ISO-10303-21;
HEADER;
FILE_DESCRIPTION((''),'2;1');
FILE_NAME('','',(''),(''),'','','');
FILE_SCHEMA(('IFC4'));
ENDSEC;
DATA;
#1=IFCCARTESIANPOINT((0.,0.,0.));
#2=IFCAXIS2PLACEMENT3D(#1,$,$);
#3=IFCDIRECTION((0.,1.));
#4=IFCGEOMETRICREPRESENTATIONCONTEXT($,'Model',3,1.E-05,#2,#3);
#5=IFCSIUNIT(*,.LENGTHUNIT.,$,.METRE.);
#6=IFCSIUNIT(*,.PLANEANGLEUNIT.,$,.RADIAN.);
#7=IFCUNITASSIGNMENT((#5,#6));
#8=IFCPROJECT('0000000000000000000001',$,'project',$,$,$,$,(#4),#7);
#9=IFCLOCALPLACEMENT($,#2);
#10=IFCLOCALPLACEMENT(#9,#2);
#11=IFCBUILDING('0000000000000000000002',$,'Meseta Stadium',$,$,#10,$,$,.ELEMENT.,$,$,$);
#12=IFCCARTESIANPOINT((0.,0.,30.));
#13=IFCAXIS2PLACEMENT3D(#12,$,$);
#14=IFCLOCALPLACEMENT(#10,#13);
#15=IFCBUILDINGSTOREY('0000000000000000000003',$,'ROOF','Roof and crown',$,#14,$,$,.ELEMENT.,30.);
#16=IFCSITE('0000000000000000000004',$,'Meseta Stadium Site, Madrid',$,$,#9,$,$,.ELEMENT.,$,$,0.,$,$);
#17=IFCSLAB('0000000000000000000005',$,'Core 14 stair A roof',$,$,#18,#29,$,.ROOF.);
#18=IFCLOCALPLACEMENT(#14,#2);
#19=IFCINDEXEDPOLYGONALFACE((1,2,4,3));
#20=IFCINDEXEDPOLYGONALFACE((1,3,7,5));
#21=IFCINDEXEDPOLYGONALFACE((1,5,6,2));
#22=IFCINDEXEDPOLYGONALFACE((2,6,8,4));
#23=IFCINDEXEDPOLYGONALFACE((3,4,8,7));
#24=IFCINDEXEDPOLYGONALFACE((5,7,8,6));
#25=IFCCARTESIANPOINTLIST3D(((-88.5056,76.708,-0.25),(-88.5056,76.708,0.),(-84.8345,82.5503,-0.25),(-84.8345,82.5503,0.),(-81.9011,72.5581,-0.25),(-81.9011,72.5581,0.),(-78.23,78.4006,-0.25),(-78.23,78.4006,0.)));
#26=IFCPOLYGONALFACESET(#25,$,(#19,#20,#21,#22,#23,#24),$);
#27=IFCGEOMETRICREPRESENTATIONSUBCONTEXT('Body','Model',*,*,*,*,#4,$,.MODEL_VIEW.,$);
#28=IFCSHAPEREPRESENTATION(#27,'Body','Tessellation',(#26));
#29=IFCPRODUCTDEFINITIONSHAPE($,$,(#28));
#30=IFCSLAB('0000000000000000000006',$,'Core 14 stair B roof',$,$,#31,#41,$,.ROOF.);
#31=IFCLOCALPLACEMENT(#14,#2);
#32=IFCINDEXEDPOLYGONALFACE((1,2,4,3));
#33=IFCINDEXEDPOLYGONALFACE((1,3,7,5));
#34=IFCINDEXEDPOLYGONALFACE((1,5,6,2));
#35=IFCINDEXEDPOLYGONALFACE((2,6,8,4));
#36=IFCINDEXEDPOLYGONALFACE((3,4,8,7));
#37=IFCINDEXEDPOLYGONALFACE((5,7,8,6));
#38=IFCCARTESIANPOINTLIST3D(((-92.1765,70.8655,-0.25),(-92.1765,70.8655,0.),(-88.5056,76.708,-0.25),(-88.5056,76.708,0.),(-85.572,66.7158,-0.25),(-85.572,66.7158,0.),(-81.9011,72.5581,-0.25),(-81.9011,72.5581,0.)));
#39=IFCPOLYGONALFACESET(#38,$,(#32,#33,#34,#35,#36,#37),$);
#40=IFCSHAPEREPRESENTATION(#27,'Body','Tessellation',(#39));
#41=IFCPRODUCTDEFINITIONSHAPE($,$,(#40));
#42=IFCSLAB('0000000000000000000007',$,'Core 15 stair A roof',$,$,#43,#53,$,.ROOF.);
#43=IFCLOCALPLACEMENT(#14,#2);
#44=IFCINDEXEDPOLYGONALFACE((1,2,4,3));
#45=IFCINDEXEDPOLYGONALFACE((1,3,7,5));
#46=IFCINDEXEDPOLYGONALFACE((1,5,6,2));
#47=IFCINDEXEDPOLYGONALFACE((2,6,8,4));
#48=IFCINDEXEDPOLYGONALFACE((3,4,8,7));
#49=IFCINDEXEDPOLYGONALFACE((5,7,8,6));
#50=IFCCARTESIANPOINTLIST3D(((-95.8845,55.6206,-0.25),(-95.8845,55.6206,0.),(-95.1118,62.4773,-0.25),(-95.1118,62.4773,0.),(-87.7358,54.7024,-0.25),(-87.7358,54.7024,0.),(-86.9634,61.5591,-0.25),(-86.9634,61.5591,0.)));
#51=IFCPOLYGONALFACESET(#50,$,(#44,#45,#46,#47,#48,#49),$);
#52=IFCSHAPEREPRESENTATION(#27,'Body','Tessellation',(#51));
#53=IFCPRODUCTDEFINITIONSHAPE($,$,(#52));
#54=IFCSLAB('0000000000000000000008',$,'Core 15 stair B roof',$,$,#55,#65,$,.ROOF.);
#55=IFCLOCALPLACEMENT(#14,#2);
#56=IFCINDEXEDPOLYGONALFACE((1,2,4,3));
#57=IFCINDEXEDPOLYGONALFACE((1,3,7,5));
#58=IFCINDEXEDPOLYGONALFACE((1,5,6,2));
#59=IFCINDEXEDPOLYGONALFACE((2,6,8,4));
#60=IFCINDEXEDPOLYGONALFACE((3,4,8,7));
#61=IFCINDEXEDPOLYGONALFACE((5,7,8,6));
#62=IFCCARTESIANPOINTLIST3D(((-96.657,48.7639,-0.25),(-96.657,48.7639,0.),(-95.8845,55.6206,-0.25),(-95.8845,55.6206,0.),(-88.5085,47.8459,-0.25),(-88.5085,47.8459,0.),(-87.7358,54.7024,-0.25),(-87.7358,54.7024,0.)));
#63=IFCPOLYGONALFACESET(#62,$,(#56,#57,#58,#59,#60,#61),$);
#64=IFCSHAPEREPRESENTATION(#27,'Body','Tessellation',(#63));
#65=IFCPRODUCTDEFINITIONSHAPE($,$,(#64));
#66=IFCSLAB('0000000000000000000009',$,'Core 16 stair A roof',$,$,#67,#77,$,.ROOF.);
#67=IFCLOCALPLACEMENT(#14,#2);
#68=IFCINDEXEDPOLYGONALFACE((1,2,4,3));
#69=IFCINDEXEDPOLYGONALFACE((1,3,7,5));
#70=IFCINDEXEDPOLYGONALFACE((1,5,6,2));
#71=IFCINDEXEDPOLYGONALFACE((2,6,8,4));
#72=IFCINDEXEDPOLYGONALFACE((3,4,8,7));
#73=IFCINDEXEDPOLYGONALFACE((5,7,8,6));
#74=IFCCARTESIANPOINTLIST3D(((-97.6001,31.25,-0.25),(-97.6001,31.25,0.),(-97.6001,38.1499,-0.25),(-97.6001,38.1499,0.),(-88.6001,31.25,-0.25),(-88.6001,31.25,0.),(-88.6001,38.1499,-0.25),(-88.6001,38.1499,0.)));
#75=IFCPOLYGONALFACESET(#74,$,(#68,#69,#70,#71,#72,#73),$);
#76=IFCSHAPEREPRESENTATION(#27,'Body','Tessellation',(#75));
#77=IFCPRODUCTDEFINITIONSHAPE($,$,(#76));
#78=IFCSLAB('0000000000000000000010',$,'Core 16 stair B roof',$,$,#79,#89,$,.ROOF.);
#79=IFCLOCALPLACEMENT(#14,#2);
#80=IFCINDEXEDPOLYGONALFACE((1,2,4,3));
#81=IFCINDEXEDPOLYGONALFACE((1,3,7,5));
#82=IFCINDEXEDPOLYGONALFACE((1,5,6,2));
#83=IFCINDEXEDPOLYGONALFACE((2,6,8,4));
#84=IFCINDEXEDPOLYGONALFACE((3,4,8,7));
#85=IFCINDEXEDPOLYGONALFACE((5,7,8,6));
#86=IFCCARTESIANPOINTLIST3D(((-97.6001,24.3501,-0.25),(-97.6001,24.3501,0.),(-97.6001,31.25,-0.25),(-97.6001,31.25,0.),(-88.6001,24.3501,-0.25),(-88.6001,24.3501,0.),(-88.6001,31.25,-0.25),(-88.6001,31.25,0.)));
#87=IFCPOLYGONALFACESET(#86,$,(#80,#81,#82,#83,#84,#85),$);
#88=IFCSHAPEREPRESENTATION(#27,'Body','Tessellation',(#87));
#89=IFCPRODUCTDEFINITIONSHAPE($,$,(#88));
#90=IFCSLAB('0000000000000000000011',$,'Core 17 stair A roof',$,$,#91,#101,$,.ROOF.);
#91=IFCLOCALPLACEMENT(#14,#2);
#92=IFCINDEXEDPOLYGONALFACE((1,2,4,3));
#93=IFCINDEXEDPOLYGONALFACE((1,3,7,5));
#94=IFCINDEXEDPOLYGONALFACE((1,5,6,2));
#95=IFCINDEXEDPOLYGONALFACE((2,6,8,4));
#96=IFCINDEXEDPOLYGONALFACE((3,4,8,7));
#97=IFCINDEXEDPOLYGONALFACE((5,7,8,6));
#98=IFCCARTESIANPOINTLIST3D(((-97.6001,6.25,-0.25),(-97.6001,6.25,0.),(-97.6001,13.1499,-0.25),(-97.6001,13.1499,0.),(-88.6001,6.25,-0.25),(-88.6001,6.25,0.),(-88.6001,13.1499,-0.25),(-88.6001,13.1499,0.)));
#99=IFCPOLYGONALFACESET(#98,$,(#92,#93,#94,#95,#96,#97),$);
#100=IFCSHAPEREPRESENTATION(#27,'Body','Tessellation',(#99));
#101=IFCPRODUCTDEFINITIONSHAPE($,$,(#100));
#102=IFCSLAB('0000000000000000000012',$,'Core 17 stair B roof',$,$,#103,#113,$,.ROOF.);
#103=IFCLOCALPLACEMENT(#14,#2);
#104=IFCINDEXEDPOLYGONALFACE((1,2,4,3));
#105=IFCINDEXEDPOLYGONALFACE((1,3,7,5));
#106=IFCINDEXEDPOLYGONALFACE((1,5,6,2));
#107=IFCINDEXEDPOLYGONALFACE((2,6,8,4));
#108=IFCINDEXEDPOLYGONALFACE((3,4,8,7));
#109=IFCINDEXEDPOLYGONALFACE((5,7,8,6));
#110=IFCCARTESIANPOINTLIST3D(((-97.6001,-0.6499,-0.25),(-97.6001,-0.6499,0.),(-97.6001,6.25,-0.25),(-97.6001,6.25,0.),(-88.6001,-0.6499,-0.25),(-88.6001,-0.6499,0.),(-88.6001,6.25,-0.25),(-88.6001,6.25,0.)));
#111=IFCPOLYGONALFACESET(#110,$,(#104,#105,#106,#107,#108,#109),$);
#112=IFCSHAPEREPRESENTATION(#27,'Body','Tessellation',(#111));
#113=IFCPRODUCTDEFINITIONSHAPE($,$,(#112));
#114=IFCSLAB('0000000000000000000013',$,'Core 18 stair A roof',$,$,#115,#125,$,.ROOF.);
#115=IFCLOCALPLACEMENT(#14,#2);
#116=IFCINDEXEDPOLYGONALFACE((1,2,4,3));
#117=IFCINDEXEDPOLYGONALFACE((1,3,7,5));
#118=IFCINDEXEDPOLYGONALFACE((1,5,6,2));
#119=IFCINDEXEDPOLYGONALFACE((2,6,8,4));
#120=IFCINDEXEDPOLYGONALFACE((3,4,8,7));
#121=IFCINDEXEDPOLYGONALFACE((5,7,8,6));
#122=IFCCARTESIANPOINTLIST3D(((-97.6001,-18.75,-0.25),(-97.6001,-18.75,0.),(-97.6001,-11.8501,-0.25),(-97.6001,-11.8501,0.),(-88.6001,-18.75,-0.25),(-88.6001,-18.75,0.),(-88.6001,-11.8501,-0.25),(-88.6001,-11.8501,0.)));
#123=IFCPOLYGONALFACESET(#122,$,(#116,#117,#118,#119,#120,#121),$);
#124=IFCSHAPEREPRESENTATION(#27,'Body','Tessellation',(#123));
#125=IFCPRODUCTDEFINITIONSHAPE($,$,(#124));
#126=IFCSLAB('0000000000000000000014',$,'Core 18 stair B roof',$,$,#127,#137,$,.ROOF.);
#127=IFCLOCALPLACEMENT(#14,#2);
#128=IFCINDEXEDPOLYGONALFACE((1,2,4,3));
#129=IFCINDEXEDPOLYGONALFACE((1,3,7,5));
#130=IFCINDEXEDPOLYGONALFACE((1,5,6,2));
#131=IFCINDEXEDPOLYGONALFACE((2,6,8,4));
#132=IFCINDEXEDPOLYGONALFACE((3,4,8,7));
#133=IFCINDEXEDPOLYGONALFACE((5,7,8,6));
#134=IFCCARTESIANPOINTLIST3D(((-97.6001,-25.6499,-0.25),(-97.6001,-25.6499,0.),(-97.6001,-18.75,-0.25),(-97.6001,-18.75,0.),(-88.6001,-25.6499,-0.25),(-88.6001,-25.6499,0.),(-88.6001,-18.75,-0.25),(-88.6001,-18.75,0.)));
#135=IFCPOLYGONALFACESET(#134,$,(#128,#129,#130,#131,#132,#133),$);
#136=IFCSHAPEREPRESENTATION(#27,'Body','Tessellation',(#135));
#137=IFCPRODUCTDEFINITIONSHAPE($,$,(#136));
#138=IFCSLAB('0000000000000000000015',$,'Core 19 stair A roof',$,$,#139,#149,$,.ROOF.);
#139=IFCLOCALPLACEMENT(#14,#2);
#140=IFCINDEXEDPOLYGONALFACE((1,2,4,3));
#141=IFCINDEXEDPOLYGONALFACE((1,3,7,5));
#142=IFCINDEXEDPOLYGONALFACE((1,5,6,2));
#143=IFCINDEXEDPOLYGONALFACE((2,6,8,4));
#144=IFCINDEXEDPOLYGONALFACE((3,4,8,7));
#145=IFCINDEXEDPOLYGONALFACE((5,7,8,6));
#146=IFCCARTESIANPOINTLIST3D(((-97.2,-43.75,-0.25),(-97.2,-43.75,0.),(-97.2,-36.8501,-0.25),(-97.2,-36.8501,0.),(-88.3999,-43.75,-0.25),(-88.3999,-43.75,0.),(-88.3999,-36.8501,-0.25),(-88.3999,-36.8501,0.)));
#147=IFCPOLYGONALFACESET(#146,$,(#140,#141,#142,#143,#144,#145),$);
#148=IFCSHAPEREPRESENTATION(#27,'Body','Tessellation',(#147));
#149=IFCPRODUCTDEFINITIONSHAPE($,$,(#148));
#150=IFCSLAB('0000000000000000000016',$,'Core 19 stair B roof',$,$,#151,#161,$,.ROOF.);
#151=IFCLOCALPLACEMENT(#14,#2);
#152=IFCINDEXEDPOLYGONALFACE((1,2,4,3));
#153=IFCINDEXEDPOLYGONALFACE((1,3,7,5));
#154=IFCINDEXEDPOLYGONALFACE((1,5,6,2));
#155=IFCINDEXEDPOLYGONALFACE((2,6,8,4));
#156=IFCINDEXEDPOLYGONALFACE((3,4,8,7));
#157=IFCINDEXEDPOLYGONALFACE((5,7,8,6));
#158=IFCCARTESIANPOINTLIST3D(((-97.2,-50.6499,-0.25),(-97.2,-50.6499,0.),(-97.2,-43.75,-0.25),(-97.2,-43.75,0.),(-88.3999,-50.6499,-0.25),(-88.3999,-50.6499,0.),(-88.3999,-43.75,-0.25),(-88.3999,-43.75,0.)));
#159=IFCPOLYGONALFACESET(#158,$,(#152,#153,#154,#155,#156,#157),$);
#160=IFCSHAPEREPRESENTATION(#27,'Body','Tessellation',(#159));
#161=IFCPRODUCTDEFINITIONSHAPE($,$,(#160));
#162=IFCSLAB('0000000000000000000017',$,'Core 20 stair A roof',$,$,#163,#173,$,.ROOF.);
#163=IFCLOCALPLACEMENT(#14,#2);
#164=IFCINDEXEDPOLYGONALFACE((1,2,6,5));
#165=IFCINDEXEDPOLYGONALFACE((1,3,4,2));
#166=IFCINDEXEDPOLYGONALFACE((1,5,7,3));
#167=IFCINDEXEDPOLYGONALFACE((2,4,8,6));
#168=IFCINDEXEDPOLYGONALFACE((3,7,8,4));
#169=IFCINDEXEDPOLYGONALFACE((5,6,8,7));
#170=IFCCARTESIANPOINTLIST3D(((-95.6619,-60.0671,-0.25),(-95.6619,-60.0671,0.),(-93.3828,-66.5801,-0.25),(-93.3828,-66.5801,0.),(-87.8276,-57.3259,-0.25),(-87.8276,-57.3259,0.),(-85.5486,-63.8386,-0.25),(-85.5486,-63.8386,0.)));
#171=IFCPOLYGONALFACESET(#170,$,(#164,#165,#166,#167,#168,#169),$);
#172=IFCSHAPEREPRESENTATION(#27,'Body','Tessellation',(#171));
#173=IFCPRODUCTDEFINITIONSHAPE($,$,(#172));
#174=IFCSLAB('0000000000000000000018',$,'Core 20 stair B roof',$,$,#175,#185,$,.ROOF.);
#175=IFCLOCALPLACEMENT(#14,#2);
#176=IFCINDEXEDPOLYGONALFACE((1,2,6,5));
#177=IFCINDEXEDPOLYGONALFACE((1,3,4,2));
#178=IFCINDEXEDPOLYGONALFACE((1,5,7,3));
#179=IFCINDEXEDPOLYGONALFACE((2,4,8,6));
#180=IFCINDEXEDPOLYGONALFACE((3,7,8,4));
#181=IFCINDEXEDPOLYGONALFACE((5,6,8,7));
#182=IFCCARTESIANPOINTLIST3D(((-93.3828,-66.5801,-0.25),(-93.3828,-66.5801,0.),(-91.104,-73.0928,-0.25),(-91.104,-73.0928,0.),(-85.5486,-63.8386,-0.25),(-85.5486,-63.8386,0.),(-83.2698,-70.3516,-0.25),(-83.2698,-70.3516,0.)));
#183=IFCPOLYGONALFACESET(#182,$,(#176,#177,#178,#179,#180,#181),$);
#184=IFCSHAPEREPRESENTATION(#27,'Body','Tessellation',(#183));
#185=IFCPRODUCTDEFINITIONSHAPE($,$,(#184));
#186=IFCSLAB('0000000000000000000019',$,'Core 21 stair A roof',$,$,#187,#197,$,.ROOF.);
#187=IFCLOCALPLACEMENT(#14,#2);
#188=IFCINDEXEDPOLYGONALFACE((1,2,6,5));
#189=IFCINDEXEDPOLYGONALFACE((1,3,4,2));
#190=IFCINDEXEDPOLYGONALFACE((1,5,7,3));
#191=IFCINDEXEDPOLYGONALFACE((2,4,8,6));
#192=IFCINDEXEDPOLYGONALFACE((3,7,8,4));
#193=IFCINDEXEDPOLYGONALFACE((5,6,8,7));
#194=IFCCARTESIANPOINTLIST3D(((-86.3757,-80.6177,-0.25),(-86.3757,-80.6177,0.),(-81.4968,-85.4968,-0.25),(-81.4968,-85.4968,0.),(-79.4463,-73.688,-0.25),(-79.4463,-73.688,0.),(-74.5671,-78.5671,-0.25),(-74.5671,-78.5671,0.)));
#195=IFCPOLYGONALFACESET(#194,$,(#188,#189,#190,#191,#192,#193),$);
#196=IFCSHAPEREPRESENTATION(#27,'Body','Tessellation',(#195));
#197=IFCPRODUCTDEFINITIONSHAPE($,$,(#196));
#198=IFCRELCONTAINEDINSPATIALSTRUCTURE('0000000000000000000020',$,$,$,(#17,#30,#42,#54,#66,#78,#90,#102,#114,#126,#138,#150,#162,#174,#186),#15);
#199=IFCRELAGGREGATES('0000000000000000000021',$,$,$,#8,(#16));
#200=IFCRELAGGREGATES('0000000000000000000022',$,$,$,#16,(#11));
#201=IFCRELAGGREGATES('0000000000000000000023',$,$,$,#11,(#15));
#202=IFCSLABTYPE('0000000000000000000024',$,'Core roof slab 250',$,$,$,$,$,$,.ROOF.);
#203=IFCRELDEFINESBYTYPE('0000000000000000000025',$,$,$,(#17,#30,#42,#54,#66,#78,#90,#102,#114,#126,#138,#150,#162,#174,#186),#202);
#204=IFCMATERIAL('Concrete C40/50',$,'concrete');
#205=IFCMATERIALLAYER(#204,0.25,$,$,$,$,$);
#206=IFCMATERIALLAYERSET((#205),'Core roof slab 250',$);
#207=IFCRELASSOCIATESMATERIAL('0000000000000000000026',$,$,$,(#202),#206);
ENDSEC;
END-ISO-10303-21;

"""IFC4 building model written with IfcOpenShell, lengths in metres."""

from ifc_helpers import new_model, si_unit, direction, frame, origin, place, context, subcontext, project, spatial, polyline, outline, extrude, material, layer, layer_set, type_object, element, save


model = new_model("IFC4")

# Units and contexts
model_context = context("Model", 3, precision=1e-05, world=origin(), true_north=direction((0.0, 1.0)))
body_context = subcontext(model_context, "Body", "Model", "MODEL_VIEW")
ifc_project = project(units=[si_unit("LENGTHUNIT", "METRE"), si_unit("PLANEANGLEUNIT", "RADIAN")], contexts=[model_context])

# Site, building, storey
site_placement = place(None, origin())
site = spatial("IfcSite", under=ifc_project, at=site_placement, Name="Meseta Stadium Site, Madrid", CompositionType="ELEMENT", RefElevation=0.0)
building_placement = place(site_placement, origin())
building = spatial("IfcBuilding", under=site, at=building_placement, Name="Meseta Stadium", CompositionType="ELEMENT")
storey_placement = place(building_placement, frame((0.0, 0.0, 30.0)))
storey = spatial("IfcBuildingStorey", under=building, at=storey_placement, Name="ROOF", Description="Roof and crown", CompositionType="ELEMENT", Elevation=30.0)

# Slabs
ifc_material = material(Name="Concrete C40/50", Category="concrete")
ifc_layer = layer(ifc_material, 0.25)
ifc_layer_set = layer_set([ifc_layer], Name="Core roof slab 250")
slab_type = type_object("IfcSlabType", Name="Core roof slab 250", PredefinedType="ROOF", material=ifc_layer_set)
slab_1_placement = place(storey_placement, frame((0.0, 0.0, -0.25)))
element("IfcSlab", 1, at=slab_1_placement, inside=storey, type_object=slab_type, Name="Core 14 stair A roof", PredefinedType="ROOF", context=body_context, shape_type="SweptSolid", body=[
    extrude(outline(polyline([(-84.8345, 82.5503), (-78.23, 78.4006), (-81.9011, 72.5581), (-88.5056, 76.708), (-84.8345, 82.5503)])), origin(), (0.0, 0.0, 1.0), 0.25),
])
slab_2_placement = place(storey_placement, frame((0.0, 0.0, -0.25)))
element("IfcSlab", 2, at=slab_2_placement, inside=storey, type_object=slab_type, Name="Core 14 stair B roof", PredefinedType="ROOF", context=body_context, shape_type="SweptSolid", body=[
    extrude(outline(polyline([(-88.5056, 76.708), (-81.9011, 72.5581), (-85.572, 66.7158), (-92.1765, 70.8655), (-88.5056, 76.708)])), origin(), (0.0, 0.0, 1.0), 0.25),
])
slab_3_placement = place(storey_placement, frame((0.0, 0.0, -0.25)))
element("IfcSlab", 3, at=slab_3_placement, inside=storey, type_object=slab_type, Name="Core 15 stair A roof", PredefinedType="ROOF", context=body_context, shape_type="SweptSolid", body=[
    extrude(outline(polyline([(-95.1118, 62.4773), (-86.9634, 61.5591), (-87.7358, 54.7024), (-95.8845, 55.6206), (-95.1118, 62.4773)])), origin(), (0.0, 0.0, 1.0), 0.25),
])
slab_4_placement = place(storey_placement, frame((0.0, 0.0, -0.25)))
element("IfcSlab", 4, at=slab_4_placement, inside=storey, type_object=slab_type, Name="Core 15 stair B roof", PredefinedType="ROOF", context=body_context, shape_type="SweptSolid", body=[
    extrude(outline(polyline([(-95.8845, 55.6206), (-87.7358, 54.7024), (-88.5085, 47.8459), (-96.657, 48.7639), (-95.8845, 55.6206)])), origin(), (0.0, 0.0, 1.0), 0.25),
])
slab_5_placement = place(storey_placement, frame((0.0, 0.0, -0.25)))
element("IfcSlab", 5, at=slab_5_placement, inside=storey, type_object=slab_type, Name="Core 16 stair A roof", PredefinedType="ROOF", context=body_context, shape_type="SweptSolid", body=[
    extrude(outline(polyline([(-97.6001, 38.1499), (-88.6001, 38.1499), (-88.6001, 31.25), (-97.6001, 31.25), (-97.6001, 38.1499)])), origin(), (0.0, 0.0, 1.0), 0.25),
])
slab_6_placement = place(storey_placement, frame((0.0, 0.0, -0.25)))
element("IfcSlab", 6, at=slab_6_placement, inside=storey, type_object=slab_type, Name="Core 16 stair B roof", PredefinedType="ROOF", context=body_context, shape_type="SweptSolid", body=[
    extrude(outline(polyline([(-97.6001, 31.25), (-88.6001, 31.25), (-88.6001, 24.3501), (-97.6001, 24.3501), (-97.6001, 31.25)])), origin(), (0.0, 0.0, 1.0), 0.25),
])
slab_7_placement = place(storey_placement, frame((0.0, 0.0, -0.25)))
element("IfcSlab", 7, at=slab_7_placement, inside=storey, type_object=slab_type, Name="Core 17 stair A roof", PredefinedType="ROOF", context=body_context, shape_type="SweptSolid", body=[
    extrude(outline(polyline([(-97.6001, 13.1499), (-88.6001, 13.1499), (-88.6001, 6.25), (-97.6001, 6.25), (-97.6001, 13.1499)])), origin(), (0.0, 0.0, 1.0), 0.25),
])
slab_8_placement = place(storey_placement, frame((0.0, 0.0, -0.25)))
element("IfcSlab", 8, at=slab_8_placement, inside=storey, type_object=slab_type, Name="Core 17 stair B roof", PredefinedType="ROOF", context=body_context, shape_type="SweptSolid", body=[
    extrude(outline(polyline([(-97.6001, 6.25), (-88.6001, 6.25), (-88.6001, -0.6499), (-97.6001, -0.6499), (-97.6001, 6.25)])), origin(), (0.0, 0.0, 1.0), 0.25),
])
slab_9_placement = place(storey_placement, frame((0.0, 0.0, -0.25)))
element("IfcSlab", 9, at=slab_9_placement, inside=storey, type_object=slab_type, Name="Core 18 stair A roof", PredefinedType="ROOF", context=body_context, shape_type="SweptSolid", body=[
    extrude(outline(polyline([(-97.6001, -11.8501), (-88.6001, -11.8501), (-88.6001, -18.75), (-97.6001, -18.75), (-97.6001, -11.8501)])), origin(), (0.0, 0.0, 1.0), 0.25),
])
slab_10_placement = place(storey_placement, frame((0.0, 0.0, -0.25)))
element("IfcSlab", 10, at=slab_10_placement, inside=storey, type_object=slab_type, Name="Core 18 stair B roof", PredefinedType="ROOF", context=body_context, shape_type="SweptSolid", body=[
    extrude(outline(polyline([(-97.6001, -18.75), (-88.6001, -18.75), (-88.6001, -25.6499), (-97.6001, -25.6499), (-97.6001, -18.75)])), origin(), (0.0, 0.0, 1.0), 0.25),
])
slab_11_placement = place(storey_placement, frame((0.0, 0.0, -0.25)))
element("IfcSlab", 11, at=slab_11_placement, inside=storey, type_object=slab_type, Name="Core 19 stair A roof", PredefinedType="ROOF", context=body_context, shape_type="SweptSolid", body=[
    extrude(outline(polyline([(-97.2, -36.8501), (-88.3999, -36.8501), (-88.3999, -43.75), (-97.2, -43.75), (-97.2, -36.8501)])), origin(), (0.0, 0.0, 1.0), 0.25),
])
slab_12_placement = place(storey_placement, frame((0.0, 0.0, -0.25)))
element("IfcSlab", 12, at=slab_12_placement, inside=storey, type_object=slab_type, Name="Core 19 stair B roof", PredefinedType="ROOF", context=body_context, shape_type="SweptSolid", body=[
    extrude(outline(polyline([(-97.2, -43.75), (-88.3999, -43.75), (-88.3999, -50.6499), (-97.2, -50.6499), (-97.2, -43.75)])), origin(), (0.0, 0.0, 1.0), 0.25),
])
slab_13_placement = place(storey_placement, frame((0.0, 0.0, -0.25)))
element("IfcSlab", 13, at=slab_13_placement, inside=storey, type_object=slab_type, Name="Core 20 stair A roof", PredefinedType="ROOF", context=body_context, shape_type="SweptSolid", body=[
    extrude(outline(polyline([(-95.6619, -60.0671), (-87.8276, -57.3259), (-85.5486, -63.8386), (-93.3828, -66.5801), (-95.6619, -60.0671)])), origin(), (0.0, 0.0, 1.0), 0.25),
])
slab_14_placement = place(storey_placement, frame((0.0, 0.0, -0.25)))
element("IfcSlab", 14, at=slab_14_placement, inside=storey, type_object=slab_type, Name="Core 20 stair B roof", PredefinedType="ROOF", context=body_context, shape_type="SweptSolid", body=[
    extrude(outline(polyline([(-93.3828, -66.5801), (-85.5486, -63.8386), (-83.2698, -70.3516), (-91.104, -73.0928), (-93.3828, -66.5801)])), origin(), (0.0, 0.0, 1.0), 0.25),
])
slab_15_placement = place(storey_placement, frame((0.0, 0.0, -0.25)))
element("IfcSlab", 15, at=slab_15_placement, inside=storey, type_object=slab_type, Name="Core 21 stair A roof", PredefinedType="ROOF", context=body_context, shape_type="SweptSolid", body=[
    extrude(outline(polyline([(-86.3757, -80.6177), (-79.4463, -73.688), (-74.5671, -78.5671), (-81.4968, -85.4968), (-86.3757, -80.6177)])), origin(), (0.0, 0.0, 1.0), 0.25),
])

save(model, "model.ifc")
